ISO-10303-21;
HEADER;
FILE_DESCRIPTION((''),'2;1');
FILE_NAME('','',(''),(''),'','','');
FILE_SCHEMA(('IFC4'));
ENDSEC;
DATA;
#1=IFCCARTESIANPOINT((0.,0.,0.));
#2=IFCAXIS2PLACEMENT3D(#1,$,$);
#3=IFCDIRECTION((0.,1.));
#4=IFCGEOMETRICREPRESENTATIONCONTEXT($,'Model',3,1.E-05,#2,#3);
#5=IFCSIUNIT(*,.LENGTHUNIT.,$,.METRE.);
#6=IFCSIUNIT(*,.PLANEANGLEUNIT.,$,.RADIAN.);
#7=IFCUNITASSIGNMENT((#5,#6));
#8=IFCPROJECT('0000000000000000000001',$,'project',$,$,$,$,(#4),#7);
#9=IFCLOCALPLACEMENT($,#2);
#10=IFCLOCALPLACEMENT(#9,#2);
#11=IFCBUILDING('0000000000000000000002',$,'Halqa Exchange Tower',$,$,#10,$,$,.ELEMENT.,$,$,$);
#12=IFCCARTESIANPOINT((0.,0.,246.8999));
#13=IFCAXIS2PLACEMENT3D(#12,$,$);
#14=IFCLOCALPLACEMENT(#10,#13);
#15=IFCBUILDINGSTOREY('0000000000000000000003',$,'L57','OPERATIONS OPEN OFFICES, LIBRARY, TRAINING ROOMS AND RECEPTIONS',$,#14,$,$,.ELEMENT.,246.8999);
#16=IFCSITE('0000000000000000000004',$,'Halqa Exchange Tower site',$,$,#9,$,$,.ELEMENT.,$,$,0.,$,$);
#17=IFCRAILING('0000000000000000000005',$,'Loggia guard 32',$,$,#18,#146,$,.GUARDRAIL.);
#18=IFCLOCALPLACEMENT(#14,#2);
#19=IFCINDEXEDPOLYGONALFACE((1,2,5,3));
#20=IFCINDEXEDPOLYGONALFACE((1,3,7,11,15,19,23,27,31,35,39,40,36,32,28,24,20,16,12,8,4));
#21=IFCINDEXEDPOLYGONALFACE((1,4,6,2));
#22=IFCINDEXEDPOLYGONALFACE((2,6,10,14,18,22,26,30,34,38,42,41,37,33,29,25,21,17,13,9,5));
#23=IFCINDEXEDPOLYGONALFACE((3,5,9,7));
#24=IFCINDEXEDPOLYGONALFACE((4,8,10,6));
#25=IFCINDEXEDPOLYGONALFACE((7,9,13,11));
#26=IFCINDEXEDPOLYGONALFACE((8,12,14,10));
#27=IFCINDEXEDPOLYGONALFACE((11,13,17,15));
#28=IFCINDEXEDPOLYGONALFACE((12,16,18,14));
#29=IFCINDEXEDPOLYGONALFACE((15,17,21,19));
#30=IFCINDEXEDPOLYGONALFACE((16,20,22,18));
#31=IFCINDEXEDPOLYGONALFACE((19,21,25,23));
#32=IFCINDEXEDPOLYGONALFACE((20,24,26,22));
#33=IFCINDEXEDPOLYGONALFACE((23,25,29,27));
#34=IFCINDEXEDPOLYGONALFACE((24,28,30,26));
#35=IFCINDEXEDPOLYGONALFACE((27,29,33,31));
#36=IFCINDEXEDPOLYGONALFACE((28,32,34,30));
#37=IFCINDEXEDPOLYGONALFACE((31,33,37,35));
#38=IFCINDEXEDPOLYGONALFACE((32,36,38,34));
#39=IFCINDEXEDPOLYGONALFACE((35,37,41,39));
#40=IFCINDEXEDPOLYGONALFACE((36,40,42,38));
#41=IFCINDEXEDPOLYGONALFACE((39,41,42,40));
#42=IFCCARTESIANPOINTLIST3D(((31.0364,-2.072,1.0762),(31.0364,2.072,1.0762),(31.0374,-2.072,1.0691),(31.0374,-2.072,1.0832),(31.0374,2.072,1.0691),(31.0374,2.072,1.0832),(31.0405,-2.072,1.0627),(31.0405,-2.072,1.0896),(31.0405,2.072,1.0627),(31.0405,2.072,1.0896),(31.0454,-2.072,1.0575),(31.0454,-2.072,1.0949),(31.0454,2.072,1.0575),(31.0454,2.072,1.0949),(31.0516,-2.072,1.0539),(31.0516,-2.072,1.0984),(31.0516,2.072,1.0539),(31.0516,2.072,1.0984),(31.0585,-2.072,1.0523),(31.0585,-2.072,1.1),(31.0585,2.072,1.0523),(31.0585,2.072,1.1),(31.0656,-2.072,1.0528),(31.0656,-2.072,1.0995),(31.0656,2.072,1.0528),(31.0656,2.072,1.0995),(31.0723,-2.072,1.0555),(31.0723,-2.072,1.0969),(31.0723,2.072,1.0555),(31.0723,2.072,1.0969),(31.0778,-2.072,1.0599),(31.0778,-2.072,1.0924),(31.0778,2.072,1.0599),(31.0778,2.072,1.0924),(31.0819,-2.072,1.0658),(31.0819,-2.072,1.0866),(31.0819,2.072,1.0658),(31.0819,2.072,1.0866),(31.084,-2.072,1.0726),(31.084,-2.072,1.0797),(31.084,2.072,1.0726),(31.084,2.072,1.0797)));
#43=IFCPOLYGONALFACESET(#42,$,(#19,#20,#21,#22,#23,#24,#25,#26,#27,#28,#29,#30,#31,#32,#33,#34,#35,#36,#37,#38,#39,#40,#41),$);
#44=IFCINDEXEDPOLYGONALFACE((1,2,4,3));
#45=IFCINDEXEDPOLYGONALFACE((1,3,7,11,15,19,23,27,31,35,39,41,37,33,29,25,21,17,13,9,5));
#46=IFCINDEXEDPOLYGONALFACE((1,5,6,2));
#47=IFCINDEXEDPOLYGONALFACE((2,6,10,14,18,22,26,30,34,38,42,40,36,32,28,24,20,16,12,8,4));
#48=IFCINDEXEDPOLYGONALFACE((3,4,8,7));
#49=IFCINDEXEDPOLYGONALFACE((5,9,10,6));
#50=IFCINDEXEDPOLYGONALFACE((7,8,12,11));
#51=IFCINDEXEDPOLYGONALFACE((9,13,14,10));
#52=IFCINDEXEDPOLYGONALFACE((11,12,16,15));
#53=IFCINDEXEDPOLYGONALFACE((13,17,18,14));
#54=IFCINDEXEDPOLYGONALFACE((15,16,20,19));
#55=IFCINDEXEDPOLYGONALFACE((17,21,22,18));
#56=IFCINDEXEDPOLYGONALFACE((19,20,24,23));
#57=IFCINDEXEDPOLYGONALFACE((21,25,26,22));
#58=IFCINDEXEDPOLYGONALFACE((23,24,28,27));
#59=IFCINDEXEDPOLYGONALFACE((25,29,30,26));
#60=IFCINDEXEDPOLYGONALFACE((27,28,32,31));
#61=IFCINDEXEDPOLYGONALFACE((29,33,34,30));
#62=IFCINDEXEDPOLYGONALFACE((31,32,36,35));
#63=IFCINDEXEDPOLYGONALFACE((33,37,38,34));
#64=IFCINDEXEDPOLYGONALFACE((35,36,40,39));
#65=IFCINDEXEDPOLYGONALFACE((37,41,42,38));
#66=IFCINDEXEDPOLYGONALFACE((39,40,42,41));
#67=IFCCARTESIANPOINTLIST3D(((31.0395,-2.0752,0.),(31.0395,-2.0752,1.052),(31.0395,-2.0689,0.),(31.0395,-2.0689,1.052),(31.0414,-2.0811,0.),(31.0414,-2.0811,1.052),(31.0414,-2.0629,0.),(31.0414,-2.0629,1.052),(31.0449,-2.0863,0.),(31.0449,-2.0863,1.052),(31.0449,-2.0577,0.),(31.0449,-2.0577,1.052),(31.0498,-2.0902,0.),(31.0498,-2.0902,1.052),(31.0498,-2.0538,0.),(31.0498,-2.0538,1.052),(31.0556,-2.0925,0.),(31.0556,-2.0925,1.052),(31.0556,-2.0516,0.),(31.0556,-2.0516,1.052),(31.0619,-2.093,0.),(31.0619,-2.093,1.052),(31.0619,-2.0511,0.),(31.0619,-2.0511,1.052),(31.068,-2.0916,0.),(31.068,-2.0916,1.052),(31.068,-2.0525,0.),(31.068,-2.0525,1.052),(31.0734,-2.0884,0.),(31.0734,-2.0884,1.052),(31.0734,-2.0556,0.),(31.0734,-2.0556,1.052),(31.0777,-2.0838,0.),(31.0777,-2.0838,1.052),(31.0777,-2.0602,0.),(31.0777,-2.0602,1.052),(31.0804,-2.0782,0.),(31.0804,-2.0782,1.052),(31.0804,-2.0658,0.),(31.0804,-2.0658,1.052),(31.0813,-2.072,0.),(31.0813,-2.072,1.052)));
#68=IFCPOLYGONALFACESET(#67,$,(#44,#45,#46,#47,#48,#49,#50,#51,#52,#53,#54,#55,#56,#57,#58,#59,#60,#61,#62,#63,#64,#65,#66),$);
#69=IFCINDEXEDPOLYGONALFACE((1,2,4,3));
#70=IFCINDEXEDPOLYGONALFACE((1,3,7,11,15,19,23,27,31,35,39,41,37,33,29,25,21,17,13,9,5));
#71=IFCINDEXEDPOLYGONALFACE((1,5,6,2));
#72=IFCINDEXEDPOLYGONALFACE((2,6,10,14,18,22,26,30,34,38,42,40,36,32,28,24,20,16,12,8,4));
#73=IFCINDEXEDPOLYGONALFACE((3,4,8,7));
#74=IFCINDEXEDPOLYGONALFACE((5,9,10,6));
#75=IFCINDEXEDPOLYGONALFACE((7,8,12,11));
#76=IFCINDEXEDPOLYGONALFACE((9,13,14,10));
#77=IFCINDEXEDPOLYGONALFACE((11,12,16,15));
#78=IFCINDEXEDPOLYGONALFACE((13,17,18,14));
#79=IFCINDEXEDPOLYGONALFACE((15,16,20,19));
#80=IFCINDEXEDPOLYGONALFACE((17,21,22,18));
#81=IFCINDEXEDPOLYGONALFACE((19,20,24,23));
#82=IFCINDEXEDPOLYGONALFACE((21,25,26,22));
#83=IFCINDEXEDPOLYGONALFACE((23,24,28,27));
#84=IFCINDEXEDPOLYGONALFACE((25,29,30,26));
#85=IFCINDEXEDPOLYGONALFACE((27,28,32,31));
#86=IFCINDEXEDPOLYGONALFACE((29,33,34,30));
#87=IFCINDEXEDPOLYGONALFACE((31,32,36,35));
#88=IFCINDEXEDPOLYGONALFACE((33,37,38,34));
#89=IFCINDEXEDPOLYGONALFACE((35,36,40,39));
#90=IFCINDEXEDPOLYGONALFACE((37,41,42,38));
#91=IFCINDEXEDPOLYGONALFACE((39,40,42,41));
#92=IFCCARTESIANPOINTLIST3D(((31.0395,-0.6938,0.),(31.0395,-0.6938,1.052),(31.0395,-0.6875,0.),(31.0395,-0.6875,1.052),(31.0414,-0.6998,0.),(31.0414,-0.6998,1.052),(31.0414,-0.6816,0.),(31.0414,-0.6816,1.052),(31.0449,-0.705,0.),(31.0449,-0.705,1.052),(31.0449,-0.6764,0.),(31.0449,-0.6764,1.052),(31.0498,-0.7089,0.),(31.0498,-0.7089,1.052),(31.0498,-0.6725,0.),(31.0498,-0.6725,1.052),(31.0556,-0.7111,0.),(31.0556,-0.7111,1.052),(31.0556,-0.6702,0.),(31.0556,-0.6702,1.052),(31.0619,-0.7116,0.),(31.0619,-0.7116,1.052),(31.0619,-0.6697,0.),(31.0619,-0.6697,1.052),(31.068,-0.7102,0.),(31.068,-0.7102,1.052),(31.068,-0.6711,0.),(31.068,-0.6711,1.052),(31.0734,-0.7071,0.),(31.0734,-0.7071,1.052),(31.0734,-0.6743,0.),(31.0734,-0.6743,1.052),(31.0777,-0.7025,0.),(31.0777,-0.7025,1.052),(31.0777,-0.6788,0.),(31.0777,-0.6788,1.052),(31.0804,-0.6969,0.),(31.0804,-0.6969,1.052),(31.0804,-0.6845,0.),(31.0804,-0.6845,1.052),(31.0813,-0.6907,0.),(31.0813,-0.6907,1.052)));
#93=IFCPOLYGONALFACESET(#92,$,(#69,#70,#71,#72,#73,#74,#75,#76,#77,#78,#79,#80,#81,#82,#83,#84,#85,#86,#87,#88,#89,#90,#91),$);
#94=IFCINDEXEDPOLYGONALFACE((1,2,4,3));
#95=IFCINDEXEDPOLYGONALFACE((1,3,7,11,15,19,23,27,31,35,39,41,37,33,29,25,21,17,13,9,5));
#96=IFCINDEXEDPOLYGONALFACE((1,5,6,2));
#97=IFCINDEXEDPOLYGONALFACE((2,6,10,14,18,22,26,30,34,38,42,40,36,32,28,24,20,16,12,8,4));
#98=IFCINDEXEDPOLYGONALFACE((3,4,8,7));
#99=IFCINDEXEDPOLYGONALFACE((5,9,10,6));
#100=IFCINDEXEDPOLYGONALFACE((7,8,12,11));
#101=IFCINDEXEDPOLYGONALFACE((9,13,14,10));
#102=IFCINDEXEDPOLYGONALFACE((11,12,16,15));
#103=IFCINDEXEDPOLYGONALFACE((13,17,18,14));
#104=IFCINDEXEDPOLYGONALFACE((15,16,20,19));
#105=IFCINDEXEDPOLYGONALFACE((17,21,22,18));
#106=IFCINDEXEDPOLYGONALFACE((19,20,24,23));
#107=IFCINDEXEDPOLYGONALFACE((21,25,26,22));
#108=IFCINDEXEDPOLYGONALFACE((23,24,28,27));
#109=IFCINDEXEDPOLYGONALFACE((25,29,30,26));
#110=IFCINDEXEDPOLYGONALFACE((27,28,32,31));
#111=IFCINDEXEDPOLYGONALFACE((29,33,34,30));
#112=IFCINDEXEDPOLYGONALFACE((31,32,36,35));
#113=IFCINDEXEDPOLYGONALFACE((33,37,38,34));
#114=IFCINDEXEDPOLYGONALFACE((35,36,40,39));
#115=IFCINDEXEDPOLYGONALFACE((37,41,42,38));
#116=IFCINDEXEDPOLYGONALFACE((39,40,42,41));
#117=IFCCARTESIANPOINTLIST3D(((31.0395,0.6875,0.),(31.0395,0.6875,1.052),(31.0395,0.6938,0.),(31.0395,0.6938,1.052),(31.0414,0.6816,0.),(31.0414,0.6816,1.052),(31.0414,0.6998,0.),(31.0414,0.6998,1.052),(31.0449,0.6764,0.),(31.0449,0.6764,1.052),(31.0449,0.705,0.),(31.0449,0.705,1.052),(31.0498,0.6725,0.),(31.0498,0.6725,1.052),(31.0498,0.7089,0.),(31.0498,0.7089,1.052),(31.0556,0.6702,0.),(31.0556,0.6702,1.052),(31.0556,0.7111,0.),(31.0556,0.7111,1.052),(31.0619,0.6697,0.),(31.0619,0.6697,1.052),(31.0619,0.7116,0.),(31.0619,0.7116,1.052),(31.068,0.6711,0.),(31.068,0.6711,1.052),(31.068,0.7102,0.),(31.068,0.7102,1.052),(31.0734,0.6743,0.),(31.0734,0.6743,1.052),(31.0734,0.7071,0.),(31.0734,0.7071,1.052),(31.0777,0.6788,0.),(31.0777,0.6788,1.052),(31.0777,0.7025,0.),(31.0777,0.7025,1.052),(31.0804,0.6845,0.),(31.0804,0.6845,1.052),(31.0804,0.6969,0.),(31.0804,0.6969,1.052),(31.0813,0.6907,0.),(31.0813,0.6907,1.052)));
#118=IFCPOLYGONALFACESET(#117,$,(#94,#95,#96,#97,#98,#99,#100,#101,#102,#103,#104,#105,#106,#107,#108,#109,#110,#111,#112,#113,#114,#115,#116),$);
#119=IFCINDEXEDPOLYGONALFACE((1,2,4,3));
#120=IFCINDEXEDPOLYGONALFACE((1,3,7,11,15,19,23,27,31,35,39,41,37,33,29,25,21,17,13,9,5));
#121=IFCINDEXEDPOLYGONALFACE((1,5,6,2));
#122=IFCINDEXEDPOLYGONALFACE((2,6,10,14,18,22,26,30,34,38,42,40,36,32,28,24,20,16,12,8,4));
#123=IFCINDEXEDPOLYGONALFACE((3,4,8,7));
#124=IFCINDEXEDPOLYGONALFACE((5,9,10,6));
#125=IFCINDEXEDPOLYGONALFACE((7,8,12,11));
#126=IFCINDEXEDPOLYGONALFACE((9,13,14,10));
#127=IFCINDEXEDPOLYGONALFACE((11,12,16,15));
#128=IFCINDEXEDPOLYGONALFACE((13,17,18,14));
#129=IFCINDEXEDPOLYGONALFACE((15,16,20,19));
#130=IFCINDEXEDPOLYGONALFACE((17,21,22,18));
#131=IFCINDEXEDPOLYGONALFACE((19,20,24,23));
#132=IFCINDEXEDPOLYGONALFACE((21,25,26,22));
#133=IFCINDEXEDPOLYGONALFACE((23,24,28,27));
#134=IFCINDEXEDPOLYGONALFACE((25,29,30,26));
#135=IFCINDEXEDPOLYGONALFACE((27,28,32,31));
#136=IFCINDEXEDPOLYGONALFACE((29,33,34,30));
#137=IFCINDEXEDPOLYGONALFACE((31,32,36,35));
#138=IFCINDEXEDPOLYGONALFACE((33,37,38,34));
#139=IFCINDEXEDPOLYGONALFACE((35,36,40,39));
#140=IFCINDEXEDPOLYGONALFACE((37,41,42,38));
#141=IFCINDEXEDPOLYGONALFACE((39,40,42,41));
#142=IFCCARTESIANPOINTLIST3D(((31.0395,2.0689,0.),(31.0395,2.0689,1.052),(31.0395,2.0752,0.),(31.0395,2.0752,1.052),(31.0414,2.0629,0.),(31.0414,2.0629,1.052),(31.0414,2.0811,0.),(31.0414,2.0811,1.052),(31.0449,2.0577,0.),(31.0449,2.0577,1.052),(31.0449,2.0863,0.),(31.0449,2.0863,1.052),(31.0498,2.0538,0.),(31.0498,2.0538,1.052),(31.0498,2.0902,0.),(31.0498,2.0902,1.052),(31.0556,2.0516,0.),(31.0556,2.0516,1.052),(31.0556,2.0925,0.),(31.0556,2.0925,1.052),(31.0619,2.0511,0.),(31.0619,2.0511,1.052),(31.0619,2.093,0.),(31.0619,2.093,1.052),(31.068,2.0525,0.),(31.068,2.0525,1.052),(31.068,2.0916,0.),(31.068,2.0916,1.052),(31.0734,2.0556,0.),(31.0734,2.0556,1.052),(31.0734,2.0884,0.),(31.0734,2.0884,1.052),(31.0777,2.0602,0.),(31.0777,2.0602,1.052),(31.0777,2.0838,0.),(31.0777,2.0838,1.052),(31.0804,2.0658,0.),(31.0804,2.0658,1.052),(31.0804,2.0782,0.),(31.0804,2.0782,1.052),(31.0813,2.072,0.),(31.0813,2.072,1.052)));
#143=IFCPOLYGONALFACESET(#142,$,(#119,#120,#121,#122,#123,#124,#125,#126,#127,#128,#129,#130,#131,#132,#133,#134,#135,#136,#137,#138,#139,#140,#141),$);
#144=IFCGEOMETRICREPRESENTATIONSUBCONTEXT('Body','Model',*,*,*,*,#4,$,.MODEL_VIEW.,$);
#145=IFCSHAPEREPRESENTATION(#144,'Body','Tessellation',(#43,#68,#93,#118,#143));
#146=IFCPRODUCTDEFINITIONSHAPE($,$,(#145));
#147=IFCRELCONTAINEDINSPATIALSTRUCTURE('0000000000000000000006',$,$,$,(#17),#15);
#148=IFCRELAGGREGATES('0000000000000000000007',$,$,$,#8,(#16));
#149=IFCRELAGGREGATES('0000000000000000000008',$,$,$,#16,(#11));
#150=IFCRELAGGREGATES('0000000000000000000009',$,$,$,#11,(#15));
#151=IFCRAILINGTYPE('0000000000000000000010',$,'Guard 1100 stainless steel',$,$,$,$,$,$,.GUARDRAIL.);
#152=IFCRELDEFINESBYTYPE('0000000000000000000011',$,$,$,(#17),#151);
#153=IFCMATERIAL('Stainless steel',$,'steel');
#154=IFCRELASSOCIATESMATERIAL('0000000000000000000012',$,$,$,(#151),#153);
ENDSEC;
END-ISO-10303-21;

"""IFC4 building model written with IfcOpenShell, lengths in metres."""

from ifc_helpers import new_model, si_unit, direction, frame, origin, origin_2d, place, context, subcontext, project, spatial, circle, extrude, material, type_object, element, save


model = new_model("IFC4")

# Units and contexts
model_context = context("Model", 3, precision=1e-05, world=origin(), true_north=direction((0.0, 1.0)))
body_context = subcontext(model_context, "Body", "Model", "MODEL_VIEW")
ifc_project = project(units=[si_unit("LENGTHUNIT", "METRE"), si_unit("PLANEANGLEUNIT", "RADIAN")], contexts=[model_context])

# Site, building, storey
site_placement = place(None, origin())
site = spatial("IfcSite", under=ifc_project, at=site_placement, Name="Halqa Exchange Tower site", CompositionType="ELEMENT", RefElevation=0.0)
building_placement = place(site_placement, origin())
building = spatial("IfcBuilding", under=site, at=building_placement, Name="Halqa Exchange Tower", CompositionType="ELEMENT")
storey_placement = place(building_placement, frame((0.0, 0.0, 246.8999)))
storey = spatial("IfcBuildingStorey", under=building, at=storey_placement, Name="L57", Description="OPERATIONS OPEN OFFICES, LIBRARY, TRAINING ROOMS AND RECEPTIONS", CompositionType="ELEMENT", Elevation=246.8999)

# Railing
ifc_material_1 = material(Name="Stainless steel", Category="steel")
railing_type = type_object("IfcRailingType", Name="Guard 1100 stainless steel", PredefinedType="GUARDRAIL", material=ifc_material_1)
railing_1_placement = place(storey_placement, frame((31.0603, -2.072, 0.0)))
element("IfcRailing", 1, at=railing_1_placement, inside=storey, type_object=railing_type, Name="Loggia guard 32", PredefinedType="GUARDRAIL", context=body_context, shape_type="SweptSolid", body=[
    extrude(circle(Radius=0.0239, at=origin_2d()), frame((0.0, 0.0, 1.0762), z_axis=(0.0, 1.0, 0.0), x_axis=(-1.0, 0.0, 0.0)), (0.0, 0.0, 1.0), 4.144),
    extrude(circle(Radius=0.021, at=origin_2d()), origin(), (0.0, 0.0, 1.0), 1.052),
    extrude(circle(Radius=0.021, at=origin_2d()), frame((0.0, 1.3813, 0.0)), (0.0, 0.0, 1.0), 1.052),
    extrude(circle(Radius=0.021, at=origin_2d()), frame((0.0, 2.7627, 0.0)), (0.0, 0.0, 1.0), 1.052),
    extrude(circle(Radius=0.021, at=origin_2d()), frame((0.0, 4.144, 0.0)), (0.0, 0.0, 1.0), 1.052),
])

save(model, "model.ifc")
